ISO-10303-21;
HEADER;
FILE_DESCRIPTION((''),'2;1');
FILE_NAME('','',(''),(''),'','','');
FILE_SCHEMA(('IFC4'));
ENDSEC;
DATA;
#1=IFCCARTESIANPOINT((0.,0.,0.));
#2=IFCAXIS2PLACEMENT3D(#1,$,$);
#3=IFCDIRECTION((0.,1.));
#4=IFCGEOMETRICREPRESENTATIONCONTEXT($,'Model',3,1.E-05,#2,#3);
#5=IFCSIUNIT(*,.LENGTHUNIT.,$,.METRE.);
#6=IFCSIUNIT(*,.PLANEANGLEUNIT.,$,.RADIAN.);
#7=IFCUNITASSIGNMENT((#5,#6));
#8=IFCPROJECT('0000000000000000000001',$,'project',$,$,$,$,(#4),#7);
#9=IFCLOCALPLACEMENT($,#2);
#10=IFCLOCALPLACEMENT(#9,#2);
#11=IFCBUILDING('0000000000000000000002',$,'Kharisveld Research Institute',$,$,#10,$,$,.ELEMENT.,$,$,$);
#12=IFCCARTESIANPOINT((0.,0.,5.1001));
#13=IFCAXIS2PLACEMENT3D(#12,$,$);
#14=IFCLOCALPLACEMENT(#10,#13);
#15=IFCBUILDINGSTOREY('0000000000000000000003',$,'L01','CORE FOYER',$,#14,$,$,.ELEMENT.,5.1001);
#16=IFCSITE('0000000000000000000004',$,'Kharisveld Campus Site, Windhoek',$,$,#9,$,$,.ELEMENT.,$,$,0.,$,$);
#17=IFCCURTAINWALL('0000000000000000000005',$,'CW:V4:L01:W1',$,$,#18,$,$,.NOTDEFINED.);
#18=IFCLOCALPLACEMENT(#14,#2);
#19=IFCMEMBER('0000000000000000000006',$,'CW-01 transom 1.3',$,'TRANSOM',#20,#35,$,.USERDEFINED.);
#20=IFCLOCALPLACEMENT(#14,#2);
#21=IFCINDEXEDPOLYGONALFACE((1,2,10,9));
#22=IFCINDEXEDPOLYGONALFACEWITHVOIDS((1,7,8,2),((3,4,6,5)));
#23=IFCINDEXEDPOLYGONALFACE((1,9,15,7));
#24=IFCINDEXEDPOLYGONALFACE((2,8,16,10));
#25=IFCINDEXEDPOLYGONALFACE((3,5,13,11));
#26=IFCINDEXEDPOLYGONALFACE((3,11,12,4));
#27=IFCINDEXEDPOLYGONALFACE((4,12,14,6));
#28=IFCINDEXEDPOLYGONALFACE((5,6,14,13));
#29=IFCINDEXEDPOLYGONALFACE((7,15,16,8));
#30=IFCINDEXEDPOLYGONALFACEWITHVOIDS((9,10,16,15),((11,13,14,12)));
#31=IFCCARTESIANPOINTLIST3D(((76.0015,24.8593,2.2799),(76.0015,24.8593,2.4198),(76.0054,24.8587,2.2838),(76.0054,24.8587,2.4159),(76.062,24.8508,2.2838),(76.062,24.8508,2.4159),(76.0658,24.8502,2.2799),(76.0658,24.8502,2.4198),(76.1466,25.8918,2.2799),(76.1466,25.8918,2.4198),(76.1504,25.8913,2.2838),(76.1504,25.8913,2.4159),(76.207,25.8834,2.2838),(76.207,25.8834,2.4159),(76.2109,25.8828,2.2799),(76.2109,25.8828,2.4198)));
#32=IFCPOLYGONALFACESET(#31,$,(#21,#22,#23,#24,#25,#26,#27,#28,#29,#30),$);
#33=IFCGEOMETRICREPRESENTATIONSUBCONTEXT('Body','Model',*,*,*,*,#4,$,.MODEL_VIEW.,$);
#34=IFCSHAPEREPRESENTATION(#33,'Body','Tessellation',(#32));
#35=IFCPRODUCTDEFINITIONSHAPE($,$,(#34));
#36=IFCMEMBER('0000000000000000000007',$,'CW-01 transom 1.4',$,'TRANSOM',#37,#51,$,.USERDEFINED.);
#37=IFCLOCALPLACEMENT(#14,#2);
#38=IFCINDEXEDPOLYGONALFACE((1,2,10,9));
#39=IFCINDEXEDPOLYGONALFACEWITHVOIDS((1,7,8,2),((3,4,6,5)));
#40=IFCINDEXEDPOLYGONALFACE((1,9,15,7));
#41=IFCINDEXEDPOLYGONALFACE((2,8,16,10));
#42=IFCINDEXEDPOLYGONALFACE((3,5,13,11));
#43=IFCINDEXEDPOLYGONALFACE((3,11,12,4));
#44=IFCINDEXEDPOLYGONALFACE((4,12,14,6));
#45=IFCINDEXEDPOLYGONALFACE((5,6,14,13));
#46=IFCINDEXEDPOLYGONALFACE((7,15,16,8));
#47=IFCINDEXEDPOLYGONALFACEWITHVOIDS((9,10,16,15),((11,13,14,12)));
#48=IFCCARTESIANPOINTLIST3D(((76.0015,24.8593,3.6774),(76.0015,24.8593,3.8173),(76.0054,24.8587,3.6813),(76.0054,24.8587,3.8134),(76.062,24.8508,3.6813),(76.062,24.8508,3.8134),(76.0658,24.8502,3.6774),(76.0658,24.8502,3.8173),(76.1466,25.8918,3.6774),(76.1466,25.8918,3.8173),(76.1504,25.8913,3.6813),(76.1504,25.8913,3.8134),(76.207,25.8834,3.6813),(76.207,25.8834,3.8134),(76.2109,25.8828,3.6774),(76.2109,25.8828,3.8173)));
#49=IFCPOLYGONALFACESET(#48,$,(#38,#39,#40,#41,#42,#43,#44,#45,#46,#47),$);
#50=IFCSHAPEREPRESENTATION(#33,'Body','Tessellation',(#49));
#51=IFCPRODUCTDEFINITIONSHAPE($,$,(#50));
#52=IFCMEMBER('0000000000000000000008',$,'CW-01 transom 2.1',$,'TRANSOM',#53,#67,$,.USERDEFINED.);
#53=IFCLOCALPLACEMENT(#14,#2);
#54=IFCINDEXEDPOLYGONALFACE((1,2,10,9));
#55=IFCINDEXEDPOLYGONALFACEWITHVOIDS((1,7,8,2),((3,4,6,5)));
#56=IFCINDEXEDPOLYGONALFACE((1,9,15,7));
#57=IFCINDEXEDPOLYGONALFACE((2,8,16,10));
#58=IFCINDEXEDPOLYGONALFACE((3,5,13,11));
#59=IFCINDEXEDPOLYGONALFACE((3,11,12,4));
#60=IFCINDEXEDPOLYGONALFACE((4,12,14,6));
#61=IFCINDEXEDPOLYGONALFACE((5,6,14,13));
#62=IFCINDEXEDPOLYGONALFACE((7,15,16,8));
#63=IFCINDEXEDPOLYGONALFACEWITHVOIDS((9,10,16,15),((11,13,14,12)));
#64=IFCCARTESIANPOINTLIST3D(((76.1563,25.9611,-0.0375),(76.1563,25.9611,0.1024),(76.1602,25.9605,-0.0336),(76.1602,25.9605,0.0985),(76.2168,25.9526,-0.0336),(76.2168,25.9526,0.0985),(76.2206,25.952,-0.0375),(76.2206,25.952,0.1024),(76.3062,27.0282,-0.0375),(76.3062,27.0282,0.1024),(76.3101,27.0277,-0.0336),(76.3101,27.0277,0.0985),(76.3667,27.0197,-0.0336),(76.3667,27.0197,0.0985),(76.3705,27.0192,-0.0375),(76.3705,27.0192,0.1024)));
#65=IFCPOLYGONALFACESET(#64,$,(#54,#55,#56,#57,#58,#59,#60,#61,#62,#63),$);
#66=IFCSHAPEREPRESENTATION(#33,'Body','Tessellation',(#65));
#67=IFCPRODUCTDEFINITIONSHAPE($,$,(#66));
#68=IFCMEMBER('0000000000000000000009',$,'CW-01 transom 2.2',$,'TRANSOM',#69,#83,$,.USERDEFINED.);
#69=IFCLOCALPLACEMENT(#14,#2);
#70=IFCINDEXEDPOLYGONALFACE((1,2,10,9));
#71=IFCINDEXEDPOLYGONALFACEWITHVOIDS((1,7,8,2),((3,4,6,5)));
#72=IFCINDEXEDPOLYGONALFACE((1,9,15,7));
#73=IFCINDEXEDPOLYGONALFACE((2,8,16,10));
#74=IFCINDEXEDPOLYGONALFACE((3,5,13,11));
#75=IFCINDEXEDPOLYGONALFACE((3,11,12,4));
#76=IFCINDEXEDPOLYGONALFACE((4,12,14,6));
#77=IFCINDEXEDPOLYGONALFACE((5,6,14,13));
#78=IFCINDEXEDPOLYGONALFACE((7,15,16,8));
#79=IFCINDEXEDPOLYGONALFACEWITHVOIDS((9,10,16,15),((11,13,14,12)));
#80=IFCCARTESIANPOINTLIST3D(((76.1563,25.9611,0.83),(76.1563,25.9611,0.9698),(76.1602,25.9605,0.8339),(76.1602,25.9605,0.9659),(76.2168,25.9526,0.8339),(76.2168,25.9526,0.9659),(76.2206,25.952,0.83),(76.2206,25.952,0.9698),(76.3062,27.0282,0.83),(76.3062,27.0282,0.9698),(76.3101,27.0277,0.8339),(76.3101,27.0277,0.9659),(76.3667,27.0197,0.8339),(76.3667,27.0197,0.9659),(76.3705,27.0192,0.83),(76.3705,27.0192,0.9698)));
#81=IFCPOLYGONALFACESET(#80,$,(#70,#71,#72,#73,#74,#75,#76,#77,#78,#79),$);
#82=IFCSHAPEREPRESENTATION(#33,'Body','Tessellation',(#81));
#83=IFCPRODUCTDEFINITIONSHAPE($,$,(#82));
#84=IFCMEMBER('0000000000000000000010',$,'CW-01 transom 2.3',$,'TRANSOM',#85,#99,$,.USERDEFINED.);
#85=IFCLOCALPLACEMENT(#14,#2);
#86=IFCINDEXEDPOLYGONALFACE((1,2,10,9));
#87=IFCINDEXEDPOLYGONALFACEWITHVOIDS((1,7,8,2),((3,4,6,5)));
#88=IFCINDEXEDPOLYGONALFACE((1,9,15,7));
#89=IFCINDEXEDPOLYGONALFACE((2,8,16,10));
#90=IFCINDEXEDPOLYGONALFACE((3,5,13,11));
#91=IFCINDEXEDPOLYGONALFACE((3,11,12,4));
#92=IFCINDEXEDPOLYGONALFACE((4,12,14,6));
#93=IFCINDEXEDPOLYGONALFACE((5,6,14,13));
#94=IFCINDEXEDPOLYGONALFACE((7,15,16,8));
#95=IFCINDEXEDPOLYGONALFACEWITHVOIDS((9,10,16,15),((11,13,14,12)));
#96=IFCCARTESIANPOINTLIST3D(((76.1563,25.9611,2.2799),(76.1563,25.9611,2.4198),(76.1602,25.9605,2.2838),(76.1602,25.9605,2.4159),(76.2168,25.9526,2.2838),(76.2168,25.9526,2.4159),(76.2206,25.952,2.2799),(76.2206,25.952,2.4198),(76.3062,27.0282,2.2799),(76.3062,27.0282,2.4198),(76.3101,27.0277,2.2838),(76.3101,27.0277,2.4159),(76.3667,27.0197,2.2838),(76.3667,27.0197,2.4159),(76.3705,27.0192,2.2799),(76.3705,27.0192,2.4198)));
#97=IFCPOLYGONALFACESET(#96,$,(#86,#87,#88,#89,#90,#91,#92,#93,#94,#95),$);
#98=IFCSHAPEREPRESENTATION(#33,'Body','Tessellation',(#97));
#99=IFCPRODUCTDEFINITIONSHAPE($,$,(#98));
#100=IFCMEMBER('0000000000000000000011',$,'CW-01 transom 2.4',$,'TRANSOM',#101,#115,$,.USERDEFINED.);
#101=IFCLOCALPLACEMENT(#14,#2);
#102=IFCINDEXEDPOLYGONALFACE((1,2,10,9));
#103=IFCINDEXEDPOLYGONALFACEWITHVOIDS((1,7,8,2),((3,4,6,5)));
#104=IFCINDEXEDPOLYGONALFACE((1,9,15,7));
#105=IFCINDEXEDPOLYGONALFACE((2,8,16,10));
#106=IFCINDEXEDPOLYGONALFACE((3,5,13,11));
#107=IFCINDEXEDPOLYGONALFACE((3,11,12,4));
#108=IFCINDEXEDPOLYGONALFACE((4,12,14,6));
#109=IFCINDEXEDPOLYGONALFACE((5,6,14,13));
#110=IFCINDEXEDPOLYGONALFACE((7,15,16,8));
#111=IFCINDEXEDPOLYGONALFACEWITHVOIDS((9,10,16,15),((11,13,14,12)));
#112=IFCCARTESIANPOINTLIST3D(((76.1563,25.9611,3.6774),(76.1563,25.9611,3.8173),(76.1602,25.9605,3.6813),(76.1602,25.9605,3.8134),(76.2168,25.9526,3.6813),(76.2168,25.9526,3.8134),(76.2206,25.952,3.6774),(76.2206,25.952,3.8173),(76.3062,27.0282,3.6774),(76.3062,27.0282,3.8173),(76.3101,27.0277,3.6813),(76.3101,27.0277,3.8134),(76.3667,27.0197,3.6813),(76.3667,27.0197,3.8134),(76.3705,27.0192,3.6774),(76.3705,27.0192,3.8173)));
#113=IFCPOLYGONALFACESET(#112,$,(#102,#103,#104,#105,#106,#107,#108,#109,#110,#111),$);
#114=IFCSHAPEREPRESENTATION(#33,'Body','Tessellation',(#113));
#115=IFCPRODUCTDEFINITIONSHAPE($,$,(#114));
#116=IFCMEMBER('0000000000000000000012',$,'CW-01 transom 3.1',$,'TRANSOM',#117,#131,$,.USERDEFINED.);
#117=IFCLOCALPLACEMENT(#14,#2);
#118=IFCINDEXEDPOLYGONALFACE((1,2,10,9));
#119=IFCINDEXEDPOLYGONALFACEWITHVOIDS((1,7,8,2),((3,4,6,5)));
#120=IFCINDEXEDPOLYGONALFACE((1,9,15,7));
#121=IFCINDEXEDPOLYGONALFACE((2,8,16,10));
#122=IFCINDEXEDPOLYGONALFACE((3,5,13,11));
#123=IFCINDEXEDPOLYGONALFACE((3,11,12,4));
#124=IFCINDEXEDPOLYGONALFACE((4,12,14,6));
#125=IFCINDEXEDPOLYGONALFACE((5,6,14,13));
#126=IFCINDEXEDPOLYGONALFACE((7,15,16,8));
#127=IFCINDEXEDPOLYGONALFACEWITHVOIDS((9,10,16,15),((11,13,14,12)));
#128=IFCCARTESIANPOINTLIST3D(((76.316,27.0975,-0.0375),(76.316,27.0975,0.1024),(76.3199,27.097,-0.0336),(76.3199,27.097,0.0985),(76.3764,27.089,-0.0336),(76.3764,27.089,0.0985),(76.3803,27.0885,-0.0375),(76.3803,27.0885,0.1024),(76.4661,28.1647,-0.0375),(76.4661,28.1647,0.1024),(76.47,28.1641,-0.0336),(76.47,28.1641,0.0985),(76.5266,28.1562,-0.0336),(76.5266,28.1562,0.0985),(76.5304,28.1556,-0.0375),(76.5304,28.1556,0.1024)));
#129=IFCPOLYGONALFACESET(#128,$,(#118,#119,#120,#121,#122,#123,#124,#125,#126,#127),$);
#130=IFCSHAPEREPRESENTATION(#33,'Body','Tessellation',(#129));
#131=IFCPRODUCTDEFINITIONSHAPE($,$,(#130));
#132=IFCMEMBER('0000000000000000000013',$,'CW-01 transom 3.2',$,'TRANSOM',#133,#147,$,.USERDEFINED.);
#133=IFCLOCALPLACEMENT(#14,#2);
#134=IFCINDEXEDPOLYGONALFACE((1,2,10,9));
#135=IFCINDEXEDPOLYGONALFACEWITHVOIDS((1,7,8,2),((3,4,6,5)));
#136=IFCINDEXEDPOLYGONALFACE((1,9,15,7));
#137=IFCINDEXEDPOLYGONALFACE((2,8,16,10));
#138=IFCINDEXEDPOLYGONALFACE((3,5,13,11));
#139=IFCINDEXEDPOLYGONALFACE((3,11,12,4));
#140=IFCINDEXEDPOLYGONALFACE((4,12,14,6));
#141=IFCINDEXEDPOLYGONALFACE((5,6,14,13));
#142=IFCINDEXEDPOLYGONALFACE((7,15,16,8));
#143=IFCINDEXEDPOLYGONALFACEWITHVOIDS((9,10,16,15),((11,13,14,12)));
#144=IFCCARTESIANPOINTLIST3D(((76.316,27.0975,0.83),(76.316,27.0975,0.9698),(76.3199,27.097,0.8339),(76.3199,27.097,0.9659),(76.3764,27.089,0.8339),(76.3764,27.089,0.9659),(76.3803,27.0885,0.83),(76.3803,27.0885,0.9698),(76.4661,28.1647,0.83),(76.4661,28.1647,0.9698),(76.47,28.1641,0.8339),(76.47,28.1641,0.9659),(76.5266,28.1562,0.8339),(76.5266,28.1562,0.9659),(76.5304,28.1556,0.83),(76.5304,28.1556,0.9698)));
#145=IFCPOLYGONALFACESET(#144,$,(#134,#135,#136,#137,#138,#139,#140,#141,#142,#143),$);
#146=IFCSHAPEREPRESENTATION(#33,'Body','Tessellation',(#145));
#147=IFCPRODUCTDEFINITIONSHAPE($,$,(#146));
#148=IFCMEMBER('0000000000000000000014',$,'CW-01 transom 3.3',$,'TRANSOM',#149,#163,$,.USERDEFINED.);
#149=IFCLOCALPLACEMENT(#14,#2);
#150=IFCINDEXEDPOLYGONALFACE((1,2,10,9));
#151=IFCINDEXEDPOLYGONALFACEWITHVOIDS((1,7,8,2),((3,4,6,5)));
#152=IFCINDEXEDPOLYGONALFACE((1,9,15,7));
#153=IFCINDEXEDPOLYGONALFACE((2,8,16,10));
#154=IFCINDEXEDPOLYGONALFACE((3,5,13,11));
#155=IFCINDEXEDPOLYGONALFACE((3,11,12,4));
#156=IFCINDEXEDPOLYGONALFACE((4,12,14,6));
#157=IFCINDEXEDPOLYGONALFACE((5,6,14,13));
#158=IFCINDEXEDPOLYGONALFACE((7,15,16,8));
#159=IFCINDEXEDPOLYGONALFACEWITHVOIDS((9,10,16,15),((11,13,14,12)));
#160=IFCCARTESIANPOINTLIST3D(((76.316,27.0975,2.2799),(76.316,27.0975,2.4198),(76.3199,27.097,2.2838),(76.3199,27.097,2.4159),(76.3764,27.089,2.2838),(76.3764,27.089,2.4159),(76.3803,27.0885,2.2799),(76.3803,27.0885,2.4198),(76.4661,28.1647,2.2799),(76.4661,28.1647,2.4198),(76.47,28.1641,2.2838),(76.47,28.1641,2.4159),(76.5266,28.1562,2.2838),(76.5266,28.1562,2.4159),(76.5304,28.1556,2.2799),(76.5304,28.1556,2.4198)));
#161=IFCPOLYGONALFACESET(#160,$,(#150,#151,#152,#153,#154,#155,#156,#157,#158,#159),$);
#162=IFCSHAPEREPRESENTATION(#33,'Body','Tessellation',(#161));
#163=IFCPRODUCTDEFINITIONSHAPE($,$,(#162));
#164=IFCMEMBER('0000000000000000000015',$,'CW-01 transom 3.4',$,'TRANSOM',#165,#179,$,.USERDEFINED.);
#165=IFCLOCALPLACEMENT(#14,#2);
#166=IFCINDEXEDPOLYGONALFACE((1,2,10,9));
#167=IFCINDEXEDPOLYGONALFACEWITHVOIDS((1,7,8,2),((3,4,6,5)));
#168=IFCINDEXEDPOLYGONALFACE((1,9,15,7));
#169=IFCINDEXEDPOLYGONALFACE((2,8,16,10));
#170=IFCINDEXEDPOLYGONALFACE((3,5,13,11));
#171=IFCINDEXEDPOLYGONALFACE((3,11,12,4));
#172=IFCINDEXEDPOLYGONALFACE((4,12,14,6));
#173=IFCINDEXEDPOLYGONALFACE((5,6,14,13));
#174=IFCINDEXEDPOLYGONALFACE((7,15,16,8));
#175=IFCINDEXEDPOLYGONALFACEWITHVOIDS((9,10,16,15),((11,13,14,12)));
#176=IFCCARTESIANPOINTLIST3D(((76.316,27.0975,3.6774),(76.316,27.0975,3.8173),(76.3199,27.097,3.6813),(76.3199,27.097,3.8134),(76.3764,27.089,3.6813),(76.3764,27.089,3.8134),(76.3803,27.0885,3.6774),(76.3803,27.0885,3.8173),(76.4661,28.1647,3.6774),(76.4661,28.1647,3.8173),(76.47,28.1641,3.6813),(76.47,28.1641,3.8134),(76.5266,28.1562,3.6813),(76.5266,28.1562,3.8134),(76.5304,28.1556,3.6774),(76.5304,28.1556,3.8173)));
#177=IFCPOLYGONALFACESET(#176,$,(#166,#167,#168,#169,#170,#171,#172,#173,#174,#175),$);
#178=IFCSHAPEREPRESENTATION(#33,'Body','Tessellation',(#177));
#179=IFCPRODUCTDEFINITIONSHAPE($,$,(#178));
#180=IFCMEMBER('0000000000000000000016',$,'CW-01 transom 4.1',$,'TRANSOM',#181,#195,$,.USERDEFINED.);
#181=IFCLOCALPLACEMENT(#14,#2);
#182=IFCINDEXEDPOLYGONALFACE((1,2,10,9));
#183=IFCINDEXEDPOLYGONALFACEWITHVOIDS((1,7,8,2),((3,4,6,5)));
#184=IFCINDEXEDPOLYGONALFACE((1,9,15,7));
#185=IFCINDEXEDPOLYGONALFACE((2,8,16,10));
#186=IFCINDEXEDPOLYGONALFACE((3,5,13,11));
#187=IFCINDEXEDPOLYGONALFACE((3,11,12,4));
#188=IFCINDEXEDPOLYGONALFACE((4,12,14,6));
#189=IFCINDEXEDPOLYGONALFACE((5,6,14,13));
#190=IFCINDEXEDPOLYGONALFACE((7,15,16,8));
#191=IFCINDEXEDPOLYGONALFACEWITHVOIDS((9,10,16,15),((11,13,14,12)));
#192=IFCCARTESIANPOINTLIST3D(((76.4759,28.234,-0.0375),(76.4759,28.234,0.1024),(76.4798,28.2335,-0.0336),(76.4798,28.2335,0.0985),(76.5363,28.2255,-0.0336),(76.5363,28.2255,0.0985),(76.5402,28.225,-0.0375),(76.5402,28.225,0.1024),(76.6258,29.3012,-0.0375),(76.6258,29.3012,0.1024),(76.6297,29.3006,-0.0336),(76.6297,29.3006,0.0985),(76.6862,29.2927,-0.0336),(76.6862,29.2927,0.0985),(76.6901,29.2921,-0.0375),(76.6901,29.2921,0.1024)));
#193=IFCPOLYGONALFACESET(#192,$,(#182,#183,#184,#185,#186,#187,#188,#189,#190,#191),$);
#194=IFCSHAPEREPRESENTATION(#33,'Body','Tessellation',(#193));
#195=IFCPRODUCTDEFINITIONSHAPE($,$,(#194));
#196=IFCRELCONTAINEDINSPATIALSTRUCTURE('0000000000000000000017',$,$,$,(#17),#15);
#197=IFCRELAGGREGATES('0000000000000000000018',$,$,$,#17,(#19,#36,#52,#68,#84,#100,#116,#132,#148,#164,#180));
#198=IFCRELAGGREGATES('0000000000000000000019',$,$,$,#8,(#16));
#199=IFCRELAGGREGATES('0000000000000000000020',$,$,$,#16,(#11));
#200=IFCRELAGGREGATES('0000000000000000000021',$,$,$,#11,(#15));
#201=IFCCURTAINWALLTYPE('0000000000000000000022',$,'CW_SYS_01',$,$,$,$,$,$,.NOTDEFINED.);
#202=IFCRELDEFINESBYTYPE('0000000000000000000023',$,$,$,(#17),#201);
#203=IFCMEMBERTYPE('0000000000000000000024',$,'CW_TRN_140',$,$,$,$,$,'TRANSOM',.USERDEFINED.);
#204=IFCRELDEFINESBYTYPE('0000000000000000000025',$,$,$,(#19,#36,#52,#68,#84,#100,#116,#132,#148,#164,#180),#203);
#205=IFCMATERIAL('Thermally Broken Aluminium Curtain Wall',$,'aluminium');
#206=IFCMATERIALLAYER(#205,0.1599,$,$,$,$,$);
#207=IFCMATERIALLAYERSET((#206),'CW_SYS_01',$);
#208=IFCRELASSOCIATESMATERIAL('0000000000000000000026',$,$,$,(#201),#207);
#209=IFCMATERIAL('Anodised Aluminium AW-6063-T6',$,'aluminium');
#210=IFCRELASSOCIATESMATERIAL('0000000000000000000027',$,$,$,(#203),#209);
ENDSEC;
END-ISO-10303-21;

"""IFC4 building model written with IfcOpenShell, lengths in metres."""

from ifc_helpers import new_model, si_unit, direction, frame, origin, origin_2d, place, context, subcontext, project, spatial, hollow_rectangle, extrude, material, layer, layer_set, material_profile, profile_set, type_object, element, aggregate, save


model = new_model("IFC4")

# Units and contexts
model_context = context("Model", 3, precision=1e-05, world=origin(), true_north=direction((0.0, 1.0)))
body_context = subcontext(model_context, "Body", "Model", "MODEL_VIEW")
ifc_project = project(units=[si_unit("LENGTHUNIT", "METRE"), si_unit("PLANEANGLEUNIT", "RADIAN")], contexts=[model_context])

# Site, building, storey
site_placement = place(None, origin())
site = spatial("IfcSite", under=ifc_project, at=site_placement, Name="Kharisveld Campus Site, Windhoek", CompositionType="ELEMENT", RefElevation=0.0)
building_placement = place(site_placement, origin())
building = spatial("IfcBuilding", under=site, at=building_placement, Name="Kharisveld Research Institute", CompositionType="ELEMENT")
storey_placement = place(building_placement, frame((0.0, 0.0, 5.1001)))
storey = spatial("IfcBuildingStorey", under=building, at=storey_placement, Name="L01", Description="CORE FOYER", CompositionType="ELEMENT", Elevation=5.1001)

# Curtain wall, members
ifc_material_1 = material(Name="Thermally Broken Aluminium Curtain Wall", Category="aluminium")
ifc_layer_1 = layer(ifc_material_1, 0.1599)
ifc_layer_set_1 = layer_set([ifc_layer_1], Name="CW_SYS_01")
curtain_wall_type = type_object("IfcCurtainWallType", Name="CW_SYS_01", PredefinedType="NOTDEFINED", material=ifc_layer_set_1)
curtain_wall_placement = place(storey_placement, origin())
curtain_wall = element("IfcCurtainWall", 1, at=curtain_wall_placement, inside=storey, type_object=curtain_wall_type, Name="CW:V4:L01:W1", PredefinedType="NOTDEFINED")
ifc_material_2 = material(Name="Anodised Aluminium AW-6063-T6", Category="aluminium")
ifc_material_profile_1 = material_profile(ifc_material_2, hollow_rectangle(XDim=0.0649, YDim=0.1399, WallThickness=0.0039, at=origin_2d()))
ifc_profile_set_1 = profile_set([ifc_material_profile_1], Name="Anodised Aluminium AW-6063-T6")
member_type_1 = type_object("IfcMemberType", Name="CW_TRN_140", ElementType="TRANSOM", PredefinedType="USERDEFINED", material=ifc_profile_set_1)
member_1_placement = place(storey_placement, frame((76.0337, 24.8547, 2.3499), z_axis=(0.139093, 0.990279, 0.0), x_axis=(-0.990279, 0.139093, 0.0)))
member_1 = element("IfcMember", 2, at=member_1_placement, type_object=member_type_1, Name="CW-01 transom 1.3", ObjectType="TRANSOM", PredefinedType="USERDEFINED", context=body_context, shape_type="SweptSolid", body=[
    extrude(hollow_rectangle(XDim=0.0649, YDim=0.1399, WallThickness=0.0039, at=origin_2d()), origin(), (0.0, 0.0, 1.0), 1.0427),
])
member_2_placement = place(storey_placement, frame((76.0337, 24.8547, 3.7473), z_axis=(0.139093, 0.990279, 0.0), x_axis=(-0.990279, 0.139093, 0.0)))
member_2 = element("IfcMember", 3, at=member_2_placement, type_object=member_type_1, Name="CW-01 transom 1.4", ObjectType="TRANSOM", PredefinedType="USERDEFINED", context=body_context, shape_type="SweptSolid", body=[
    extrude(hollow_rectangle(XDim=0.0649, YDim=0.1399, WallThickness=0.0039, at=origin_2d()), origin(), (0.0, 0.0, 1.0), 1.0427),
])
member_3_placement = place(storey_placement, frame((76.1885, 25.9565, 0.0325), z_axis=(0.139106, 0.990278, 0.0), x_axis=(-0.990278, 0.139106, 0.0)))
member_3 = element("IfcMember", 4, at=member_3_placement, type_object=member_type_1, Name="CW-01 transom 2.1", ObjectType="TRANSOM", PredefinedType="USERDEFINED", context=body_context, shape_type="SweptSolid", body=[
    extrude(hollow_rectangle(XDim=0.0649, YDim=0.1399, WallThickness=0.0039, at=origin_2d()), origin(), (0.0, 0.0, 1.0), 1.0776),
])
member_4_placement = place(storey_placement, frame((76.1885, 25.9565, 0.8999), z_axis=(0.139106, 0.990278, 0.0), x_axis=(-0.990278, 0.139106, 0.0)))
member_4 = element("IfcMember", 5, at=member_4_placement, type_object=member_type_1, Name="CW-01 transom 2.2", ObjectType="TRANSOM", PredefinedType="USERDEFINED", context=body_context, shape_type="SweptSolid", body=[
    extrude(hollow_rectangle(XDim=0.0649, YDim=0.1399, WallThickness=0.0039, at=origin_2d()), origin(), (0.0, 0.0, 1.0), 1.0776),
])
member_5_placement = place(storey_placement, frame((76.1885, 25.9565, 2.3499), z_axis=(0.139106, 0.990278, 0.0), x_axis=(-0.990278, 0.139106, 0.0)))
member_5 = element("IfcMember", 6, at=member_5_placement, type_object=member_type_1, Name="CW-01 transom 2.3", ObjectType="TRANSOM", PredefinedType="USERDEFINED", context=body_context, shape_type="SweptSolid", body=[
    extrude(hollow_rectangle(XDim=0.0649, YDim=0.1399, WallThickness=0.0039, at=origin_2d()), origin(), (0.0, 0.0, 1.0), 1.0776),
])
member_6_placement = place(storey_placement, frame((76.1885, 25.9565, 3.7473), z_axis=(0.139106, 0.990278, 0.0), x_axis=(-0.990278, 0.139106, 0.0)))
member_6 = element("IfcMember", 7, at=member_6_placement, type_object=member_type_1, Name="CW-01 transom 2.4", ObjectType="TRANSOM", PredefinedType="USERDEFINED", context=body_context, shape_type="SweptSolid", body=[
    extrude(hollow_rectangle(XDim=0.0649, YDim=0.1399, WallThickness=0.0039, at=origin_2d()), origin(), (0.0, 0.0, 1.0), 1.0776),
])
member_7_placement = place(storey_placement, frame((76.3481, 27.093, 0.0325), z_axis=(0.139328, 0.990246, 0.0), x_axis=(-0.990246, 0.139328, 0.0)))
member_7 = element("IfcMember", 8, at=member_7_placement, type_object=member_type_1, Name="CW-01 transom 3.1", ObjectType="TRANSOM", PredefinedType="USERDEFINED", context=body_context, shape_type="SweptSolid", body=[
    extrude(hollow_rectangle(XDim=0.0649, YDim=0.1399, WallThickness=0.0039, at=origin_2d()), origin(), (0.0, 0.0, 1.0), 1.0776),
])
member_8_placement = place(storey_placement, frame((76.3481, 27.093, 0.8999), z_axis=(0.139328, 0.990246, 0.0), x_axis=(-0.990246, 0.139328, 0.0)))
member_8 = element("IfcMember", 9, at=member_8_placement, type_object=member_type_1, Name="CW-01 transom 3.2", ObjectType="TRANSOM", PredefinedType="USERDEFINED", context=body_context, shape_type="SweptSolid", body=[
    extrude(hollow_rectangle(XDim=0.0649, YDim=0.1399, WallThickness=0.0039, at=origin_2d()), origin(), (0.0, 0.0, 1.0), 1.0776),
])
member_9_placement = place(storey_placement, frame((76.3481, 27.093, 2.3499), z_axis=(0.139328, 0.990246, 0.0), x_axis=(-0.990246, 0.139328, 0.0)))
member_9 = element("IfcMember", 10, at=member_9_placement, type_object=member_type_1, Name="CW-01 transom 3.3", ObjectType="TRANSOM", PredefinedType="USERDEFINED", context=body_context, shape_type="SweptSolid", body=[
    extrude(hollow_rectangle(XDim=0.0649, YDim=0.1399, WallThickness=0.0039, at=origin_2d()), origin(), (0.0, 0.0, 1.0), 1.0776),
])
member_10_placement = place(storey_placement, frame((76.3481, 27.093, 3.7473), z_axis=(0.139328, 0.990246, 0.0), x_axis=(-0.990246, 0.139328, 0.0)))
member_10 = element("IfcMember", 11, at=member_10_placement, type_object=member_type_1, Name="CW-01 transom 3.4", ObjectType="TRANSOM", PredefinedType="USERDEFINED", context=body_context, shape_type="SweptSolid", body=[
    extrude(hollow_rectangle(XDim=0.0649, YDim=0.1399, WallThickness=0.0039, at=origin_2d()), origin(), (0.0, 0.0, 1.0), 1.0776),
])
member_11_placement = place(storey_placement, frame((76.5081, 28.2295, 0.0325), z_axis=(0.139106, 0.990278, 0.0), x_axis=(-0.990278, 0.139106, 0.0)))
member_11 = element("IfcMember", 12, at=member_11_placement, type_object=member_type_1, Name="CW-01 transom 4.1", ObjectType="TRANSOM", PredefinedType="USERDEFINED", context=body_context, shape_type="SweptSolid", body=[
    extrude(hollow_rectangle(XDim=0.0649, YDim=0.1399, WallThickness=0.0039, at=origin_2d()), origin(), (0.0, 0.0, 1.0), 1.0776),
])

aggregate(curtain_wall, [member_1, member_2, member_3, member_4, member_5, member_6, member_7, member_8, member_9, member_10, member_11])

save(model, "model.ifc")
